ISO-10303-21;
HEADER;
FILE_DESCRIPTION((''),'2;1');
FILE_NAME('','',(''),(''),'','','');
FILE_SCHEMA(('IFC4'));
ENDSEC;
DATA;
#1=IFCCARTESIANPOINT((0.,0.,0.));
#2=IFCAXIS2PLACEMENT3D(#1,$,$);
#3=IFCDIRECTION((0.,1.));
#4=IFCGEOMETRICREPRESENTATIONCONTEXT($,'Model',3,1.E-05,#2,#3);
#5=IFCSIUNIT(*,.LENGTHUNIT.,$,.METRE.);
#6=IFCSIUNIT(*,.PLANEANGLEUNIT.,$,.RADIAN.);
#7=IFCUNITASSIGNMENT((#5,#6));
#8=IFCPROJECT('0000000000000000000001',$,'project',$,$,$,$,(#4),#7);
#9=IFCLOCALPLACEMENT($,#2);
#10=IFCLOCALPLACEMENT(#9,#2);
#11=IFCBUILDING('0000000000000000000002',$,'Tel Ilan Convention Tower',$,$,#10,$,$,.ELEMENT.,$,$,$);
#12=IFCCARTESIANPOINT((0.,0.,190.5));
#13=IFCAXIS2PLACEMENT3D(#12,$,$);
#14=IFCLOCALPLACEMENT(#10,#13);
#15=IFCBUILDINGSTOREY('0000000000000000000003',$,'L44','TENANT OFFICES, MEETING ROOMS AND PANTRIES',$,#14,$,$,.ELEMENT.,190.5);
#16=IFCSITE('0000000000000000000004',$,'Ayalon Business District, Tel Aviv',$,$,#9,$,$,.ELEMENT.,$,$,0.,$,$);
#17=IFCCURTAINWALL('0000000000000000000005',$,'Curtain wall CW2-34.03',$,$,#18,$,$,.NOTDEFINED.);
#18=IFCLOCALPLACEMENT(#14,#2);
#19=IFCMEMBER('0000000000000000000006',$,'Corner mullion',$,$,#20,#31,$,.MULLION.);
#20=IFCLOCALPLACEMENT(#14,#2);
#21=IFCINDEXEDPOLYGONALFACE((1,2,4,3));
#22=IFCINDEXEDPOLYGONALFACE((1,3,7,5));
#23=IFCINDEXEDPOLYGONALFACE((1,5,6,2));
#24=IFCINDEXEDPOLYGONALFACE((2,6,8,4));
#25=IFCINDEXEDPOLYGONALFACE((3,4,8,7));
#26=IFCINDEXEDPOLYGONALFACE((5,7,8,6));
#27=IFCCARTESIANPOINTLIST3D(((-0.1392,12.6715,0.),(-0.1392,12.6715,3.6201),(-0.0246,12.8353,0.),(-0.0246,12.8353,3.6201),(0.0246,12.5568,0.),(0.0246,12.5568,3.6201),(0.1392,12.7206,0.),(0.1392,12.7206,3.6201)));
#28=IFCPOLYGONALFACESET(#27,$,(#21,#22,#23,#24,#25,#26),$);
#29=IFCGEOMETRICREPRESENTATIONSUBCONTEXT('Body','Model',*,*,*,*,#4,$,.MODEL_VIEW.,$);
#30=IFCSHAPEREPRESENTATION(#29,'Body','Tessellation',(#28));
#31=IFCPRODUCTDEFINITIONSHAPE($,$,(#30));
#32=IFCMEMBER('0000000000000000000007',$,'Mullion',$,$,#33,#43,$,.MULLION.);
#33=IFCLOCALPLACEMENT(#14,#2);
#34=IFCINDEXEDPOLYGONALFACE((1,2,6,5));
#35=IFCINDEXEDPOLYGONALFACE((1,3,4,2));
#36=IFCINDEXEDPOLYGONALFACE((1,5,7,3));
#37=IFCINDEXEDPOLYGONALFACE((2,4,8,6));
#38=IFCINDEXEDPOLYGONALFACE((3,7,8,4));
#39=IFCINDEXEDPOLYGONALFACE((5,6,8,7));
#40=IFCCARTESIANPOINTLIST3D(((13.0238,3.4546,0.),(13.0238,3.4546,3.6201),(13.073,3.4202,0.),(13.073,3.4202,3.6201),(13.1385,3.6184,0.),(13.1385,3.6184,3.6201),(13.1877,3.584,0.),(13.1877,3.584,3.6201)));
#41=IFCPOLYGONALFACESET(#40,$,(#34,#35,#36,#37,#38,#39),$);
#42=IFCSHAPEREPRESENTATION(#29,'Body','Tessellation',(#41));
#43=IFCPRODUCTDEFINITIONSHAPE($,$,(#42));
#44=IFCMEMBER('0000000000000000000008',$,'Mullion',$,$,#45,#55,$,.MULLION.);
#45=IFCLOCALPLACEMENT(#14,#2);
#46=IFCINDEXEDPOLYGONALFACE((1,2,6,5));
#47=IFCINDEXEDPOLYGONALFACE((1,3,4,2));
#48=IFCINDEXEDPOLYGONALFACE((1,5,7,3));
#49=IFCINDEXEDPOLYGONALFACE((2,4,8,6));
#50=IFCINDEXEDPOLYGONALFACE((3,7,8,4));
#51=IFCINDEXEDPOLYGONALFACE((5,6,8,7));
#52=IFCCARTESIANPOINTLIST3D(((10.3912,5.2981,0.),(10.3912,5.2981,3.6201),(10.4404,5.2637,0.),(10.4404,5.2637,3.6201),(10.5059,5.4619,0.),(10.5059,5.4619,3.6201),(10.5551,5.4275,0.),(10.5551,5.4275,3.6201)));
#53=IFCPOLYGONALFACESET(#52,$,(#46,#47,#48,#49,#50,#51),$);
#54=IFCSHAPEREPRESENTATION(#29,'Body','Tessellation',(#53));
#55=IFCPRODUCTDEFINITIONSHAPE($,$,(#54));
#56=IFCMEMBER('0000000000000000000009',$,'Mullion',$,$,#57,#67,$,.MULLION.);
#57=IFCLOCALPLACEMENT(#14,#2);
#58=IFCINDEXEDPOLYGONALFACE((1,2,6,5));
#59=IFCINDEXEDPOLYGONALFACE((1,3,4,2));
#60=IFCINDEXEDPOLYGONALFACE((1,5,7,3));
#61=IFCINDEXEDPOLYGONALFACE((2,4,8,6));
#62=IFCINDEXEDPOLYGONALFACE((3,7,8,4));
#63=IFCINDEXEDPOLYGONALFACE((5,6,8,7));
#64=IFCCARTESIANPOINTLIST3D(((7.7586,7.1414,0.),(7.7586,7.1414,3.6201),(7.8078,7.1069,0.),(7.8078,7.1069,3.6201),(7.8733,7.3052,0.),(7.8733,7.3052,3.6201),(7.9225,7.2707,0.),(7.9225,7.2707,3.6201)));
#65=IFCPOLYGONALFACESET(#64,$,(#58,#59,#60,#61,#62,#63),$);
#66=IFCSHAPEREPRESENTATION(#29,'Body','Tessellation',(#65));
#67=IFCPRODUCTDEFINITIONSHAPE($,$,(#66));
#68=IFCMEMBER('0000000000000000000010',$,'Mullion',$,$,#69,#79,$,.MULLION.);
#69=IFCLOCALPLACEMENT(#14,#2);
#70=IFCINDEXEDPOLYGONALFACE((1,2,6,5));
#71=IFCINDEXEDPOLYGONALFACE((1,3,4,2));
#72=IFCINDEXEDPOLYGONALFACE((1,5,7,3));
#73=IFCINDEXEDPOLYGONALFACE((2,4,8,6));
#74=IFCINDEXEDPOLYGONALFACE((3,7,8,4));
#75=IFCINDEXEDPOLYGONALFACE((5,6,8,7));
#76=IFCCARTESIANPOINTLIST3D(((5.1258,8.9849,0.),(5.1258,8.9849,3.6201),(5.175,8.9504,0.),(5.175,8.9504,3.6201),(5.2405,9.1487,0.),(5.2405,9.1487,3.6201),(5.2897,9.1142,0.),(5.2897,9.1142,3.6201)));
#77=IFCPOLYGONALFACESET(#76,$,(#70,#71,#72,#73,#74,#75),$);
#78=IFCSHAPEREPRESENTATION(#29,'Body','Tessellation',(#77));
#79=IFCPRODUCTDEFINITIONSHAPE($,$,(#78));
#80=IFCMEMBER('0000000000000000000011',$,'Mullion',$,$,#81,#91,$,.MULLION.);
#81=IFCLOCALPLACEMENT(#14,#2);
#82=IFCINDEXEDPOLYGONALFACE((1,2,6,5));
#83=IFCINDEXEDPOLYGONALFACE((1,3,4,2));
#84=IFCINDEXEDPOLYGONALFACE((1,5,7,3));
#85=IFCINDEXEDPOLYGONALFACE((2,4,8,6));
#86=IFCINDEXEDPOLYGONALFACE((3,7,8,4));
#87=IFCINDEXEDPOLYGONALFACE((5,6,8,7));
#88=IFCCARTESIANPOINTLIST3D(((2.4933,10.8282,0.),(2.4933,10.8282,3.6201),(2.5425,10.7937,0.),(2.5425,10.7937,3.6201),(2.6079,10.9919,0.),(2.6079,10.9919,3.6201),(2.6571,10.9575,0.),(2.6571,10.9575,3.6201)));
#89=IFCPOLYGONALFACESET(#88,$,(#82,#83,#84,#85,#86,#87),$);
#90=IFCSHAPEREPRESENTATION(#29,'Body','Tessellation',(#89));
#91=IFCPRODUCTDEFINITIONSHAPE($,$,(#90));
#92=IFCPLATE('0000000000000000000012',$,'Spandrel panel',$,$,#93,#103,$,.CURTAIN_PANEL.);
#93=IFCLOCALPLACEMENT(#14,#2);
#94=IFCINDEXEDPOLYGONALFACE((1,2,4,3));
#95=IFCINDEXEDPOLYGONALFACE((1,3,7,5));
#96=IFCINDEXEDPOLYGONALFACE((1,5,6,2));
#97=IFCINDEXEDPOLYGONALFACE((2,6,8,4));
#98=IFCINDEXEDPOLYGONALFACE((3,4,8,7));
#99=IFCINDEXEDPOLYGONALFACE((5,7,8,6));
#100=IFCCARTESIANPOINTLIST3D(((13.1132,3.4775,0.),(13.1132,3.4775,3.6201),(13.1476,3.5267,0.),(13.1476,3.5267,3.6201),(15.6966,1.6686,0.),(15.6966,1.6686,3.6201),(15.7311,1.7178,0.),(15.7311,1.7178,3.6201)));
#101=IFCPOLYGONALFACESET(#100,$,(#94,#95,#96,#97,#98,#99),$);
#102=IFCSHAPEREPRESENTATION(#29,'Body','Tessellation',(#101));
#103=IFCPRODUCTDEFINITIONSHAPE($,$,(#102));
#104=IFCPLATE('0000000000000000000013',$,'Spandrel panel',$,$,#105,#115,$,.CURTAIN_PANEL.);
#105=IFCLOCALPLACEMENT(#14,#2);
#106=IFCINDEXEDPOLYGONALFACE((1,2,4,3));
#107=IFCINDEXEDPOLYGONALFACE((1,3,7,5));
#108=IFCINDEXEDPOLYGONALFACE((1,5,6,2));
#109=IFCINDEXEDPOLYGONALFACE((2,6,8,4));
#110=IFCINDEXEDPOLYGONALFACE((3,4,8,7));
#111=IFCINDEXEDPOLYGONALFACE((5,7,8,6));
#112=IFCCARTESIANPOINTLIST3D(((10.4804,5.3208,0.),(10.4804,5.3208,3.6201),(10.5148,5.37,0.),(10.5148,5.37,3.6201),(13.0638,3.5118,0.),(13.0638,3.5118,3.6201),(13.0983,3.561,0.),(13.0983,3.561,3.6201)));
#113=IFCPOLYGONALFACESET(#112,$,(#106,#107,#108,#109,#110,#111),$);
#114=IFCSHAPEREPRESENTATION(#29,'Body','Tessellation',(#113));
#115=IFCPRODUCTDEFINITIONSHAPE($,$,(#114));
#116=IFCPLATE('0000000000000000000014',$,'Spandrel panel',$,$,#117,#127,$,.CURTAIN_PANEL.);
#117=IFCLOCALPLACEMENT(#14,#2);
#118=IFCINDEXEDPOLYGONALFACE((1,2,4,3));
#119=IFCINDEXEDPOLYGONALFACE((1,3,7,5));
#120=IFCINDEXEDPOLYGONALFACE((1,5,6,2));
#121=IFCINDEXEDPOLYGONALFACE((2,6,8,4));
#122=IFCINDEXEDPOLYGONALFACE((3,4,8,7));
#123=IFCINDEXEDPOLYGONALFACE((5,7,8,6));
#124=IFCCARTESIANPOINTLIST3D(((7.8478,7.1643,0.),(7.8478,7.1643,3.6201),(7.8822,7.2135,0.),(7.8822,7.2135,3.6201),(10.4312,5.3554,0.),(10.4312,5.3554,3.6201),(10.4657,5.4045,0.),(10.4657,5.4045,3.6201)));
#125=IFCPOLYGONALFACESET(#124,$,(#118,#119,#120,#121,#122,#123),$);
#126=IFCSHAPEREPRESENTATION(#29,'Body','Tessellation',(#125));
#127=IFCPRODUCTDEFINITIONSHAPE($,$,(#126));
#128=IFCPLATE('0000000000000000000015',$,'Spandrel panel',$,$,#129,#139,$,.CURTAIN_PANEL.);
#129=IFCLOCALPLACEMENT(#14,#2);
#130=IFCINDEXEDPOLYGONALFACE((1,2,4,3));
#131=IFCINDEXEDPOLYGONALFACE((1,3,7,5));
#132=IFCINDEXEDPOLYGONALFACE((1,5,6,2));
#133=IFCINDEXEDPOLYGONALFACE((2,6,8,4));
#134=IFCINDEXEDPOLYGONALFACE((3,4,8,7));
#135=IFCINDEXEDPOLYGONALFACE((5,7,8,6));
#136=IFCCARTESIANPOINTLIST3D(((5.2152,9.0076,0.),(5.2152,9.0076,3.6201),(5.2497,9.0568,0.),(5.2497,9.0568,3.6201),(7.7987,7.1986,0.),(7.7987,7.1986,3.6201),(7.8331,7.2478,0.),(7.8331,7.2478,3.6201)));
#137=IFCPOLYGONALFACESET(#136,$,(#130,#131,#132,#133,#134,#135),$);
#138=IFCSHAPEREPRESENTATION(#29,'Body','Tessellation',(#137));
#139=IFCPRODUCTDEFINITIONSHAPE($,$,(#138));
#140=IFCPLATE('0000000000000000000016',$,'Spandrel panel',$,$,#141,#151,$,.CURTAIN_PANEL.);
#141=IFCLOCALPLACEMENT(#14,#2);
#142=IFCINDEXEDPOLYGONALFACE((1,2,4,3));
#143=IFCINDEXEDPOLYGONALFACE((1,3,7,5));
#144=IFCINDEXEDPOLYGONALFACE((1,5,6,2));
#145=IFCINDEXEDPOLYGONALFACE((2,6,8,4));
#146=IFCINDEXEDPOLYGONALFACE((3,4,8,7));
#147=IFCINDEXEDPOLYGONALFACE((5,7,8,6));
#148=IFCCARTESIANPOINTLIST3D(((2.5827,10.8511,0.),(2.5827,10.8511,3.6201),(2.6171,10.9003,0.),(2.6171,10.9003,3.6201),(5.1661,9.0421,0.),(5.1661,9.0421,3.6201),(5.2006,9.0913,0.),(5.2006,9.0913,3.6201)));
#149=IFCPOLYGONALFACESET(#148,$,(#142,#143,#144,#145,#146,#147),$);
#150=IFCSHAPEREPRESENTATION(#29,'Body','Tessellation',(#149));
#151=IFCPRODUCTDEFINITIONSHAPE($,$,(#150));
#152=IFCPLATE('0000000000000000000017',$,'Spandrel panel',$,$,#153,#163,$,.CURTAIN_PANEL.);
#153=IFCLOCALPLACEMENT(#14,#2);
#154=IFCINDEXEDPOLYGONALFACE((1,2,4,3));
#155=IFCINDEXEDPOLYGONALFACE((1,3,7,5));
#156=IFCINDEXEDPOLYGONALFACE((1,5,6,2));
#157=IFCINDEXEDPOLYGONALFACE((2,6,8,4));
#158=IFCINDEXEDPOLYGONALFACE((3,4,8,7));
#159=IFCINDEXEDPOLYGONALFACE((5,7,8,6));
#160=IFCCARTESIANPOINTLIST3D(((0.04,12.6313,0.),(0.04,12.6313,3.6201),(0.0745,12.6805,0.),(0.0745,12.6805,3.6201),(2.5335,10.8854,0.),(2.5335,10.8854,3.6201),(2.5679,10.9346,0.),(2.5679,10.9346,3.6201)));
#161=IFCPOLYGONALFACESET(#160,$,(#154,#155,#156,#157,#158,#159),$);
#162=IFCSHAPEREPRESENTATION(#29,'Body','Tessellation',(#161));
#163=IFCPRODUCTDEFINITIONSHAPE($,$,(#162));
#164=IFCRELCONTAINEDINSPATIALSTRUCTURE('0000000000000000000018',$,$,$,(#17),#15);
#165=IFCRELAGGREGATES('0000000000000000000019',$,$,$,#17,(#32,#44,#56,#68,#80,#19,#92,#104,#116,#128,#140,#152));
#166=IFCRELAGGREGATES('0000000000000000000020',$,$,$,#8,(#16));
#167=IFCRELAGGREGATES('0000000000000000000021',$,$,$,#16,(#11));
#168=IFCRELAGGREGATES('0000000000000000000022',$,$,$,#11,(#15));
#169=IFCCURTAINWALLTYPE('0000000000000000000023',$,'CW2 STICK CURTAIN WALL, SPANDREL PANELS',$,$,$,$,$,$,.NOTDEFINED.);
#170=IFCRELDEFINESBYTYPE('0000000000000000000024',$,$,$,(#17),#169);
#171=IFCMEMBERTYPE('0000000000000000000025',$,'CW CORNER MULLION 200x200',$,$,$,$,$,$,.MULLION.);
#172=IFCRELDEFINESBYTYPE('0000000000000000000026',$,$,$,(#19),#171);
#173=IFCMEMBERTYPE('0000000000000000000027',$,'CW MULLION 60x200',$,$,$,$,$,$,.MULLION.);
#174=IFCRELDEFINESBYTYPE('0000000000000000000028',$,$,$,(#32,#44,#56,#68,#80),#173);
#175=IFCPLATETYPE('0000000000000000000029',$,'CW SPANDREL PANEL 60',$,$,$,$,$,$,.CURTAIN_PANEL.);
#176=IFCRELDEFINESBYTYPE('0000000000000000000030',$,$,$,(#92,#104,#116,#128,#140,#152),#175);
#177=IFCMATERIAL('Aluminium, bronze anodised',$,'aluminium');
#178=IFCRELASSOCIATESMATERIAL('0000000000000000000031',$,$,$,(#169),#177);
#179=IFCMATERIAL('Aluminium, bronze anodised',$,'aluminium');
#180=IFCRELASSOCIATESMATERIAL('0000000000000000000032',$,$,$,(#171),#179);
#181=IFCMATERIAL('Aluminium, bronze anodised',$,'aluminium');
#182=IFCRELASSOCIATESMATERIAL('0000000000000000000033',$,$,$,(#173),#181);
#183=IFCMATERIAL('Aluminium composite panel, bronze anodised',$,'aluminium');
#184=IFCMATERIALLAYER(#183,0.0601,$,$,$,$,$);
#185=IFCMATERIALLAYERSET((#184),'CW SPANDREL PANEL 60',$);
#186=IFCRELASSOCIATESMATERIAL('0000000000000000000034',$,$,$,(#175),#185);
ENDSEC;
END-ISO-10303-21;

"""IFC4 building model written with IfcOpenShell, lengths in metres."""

from ifc_helpers import new_model, si_unit, direction, frame, origin, origin_2d, place, context, subcontext, project, spatial, rectangle, extrude, material, layer, layer_set, material_profile, profile_set, type_object, element, aggregate, save


model = new_model("IFC4")

# Units and contexts
model_context = context("Model", 3, precision=1e-05, world=origin(), true_north=direction((0.0, 1.0)))
body_context = subcontext(model_context, "Body", "Model", "MODEL_VIEW")
ifc_project = project(units=[si_unit("LENGTHUNIT", "METRE"), si_unit("PLANEANGLEUNIT", "RADIAN")], contexts=[model_context])

# Site, building, storey
site_placement = place(None, origin())
site = spatial("IfcSite", under=ifc_project, at=site_placement, Name="Ayalon Business District, Tel Aviv", CompositionType="ELEMENT", RefElevation=0.0)
building_placement = place(site_placement, origin())
building = spatial("IfcBuilding", under=site, at=building_placement, Name="Tel Ilan Convention Tower", CompositionType="ELEMENT")
storey_placement = place(building_placement, frame((0.0, 0.0, 190.5)))
storey = spatial("IfcBuildingStorey", under=building, at=storey_placement, Name="L44", Description="TENANT OFFICES, MEETING ROOMS AND PANTRIES", CompositionType="ELEMENT", Elevation=190.5)

# Curtain wall, members, plates
ifc_material_1 = material(Name="Aluminium, bronze anodised", Category="aluminium")
curtain_wall_type = type_object("IfcCurtainWallType", Name="CW2 STICK CURTAIN WALL, SPANDREL PANELS", PredefinedType="NOTDEFINED", material=ifc_material_1)
curtain_wall_placement = place(storey_placement, origin())
curtain_wall = element("IfcCurtainWall", 1, at=curtain_wall_placement, inside=storey, type_object=curtain_wall_type, Name="Curtain wall CW2-34.03", PredefinedType="NOTDEFINED")
ifc_material_2 = material(Name="Aluminium, bronze anodised", Category="aluminium")
ifc_material_profile_1 = material_profile(ifc_material_2, rectangle(XDim=0.2, YDim=0.2, at=origin_2d()), Name="CW CORNER MULLION 200x200")
ifc_profile_set_1 = profile_set([ifc_material_profile_1], Name="Aluminium, bronze anodised")
member_type_1 = type_object("IfcMemberType", Name="CW CORNER MULLION 200x200", PredefinedType="MULLION", material=ifc_profile_set_1)
member_1_placement = place(storey_placement, frame((0.0, 12.696, 0.0), z_axis=(0.0, 0.0, 1.0), x_axis=(-0.819152, 0.573576, 0.0)))
member_1 = element("IfcMember", 2, at=member_1_placement, type_object=member_type_1, Name="Corner mullion", PredefinedType="MULLION", context=body_context, shape_type="SweptSolid", body=[
    extrude(rectangle(XDim=0.2, YDim=0.2, at=origin_2d()), origin(), (0.0, 0.0, 1.0), 3.6201),
])
ifc_material_3 = material(Name="Aluminium, bronze anodised", Category="aluminium")
ifc_material_profile_2 = material_profile(ifc_material_3, rectangle(XDim=0.0601, YDim=0.2, at=origin_2d()), Name="CW MULLION 60x200")
ifc_profile_set_2 = profile_set([ifc_material_profile_2], Name="Aluminium, bronze anodised")
member_type_2 = type_object("IfcMemberType", Name="CW MULLION 60x200", PredefinedType="MULLION", material=ifc_profile_set_2)
member_2_placement = place(storey_placement, frame((13.1057, 3.5193, 0.0), z_axis=(0.0, 0.0, 1.0), x_axis=(-0.819152, 0.573576, 0.0)))
member_2 = element("IfcMember", 3, at=member_2_placement, type_object=member_type_2, Name="Mullion", PredefinedType="MULLION", context=body_context, shape_type="SweptSolid", body=[
    extrude(rectangle(XDim=0.0601, YDim=0.2, at=origin_2d()), origin(), (0.0, 0.0, 1.0), 3.6201),
])
member_3_placement = place(storey_placement, frame((10.4731, 5.3628, 0.0), z_axis=(0.0, 0.0, 1.0), x_axis=(-0.819152, 0.573576, 0.0)))
member_3 = element("IfcMember", 4, at=member_3_placement, type_object=member_type_2, Name="Mullion", PredefinedType="MULLION", context=body_context, shape_type="SweptSolid", body=[
    extrude(rectangle(XDim=0.0601, YDim=0.2, at=origin_2d()), origin(), (0.0, 0.0, 1.0), 3.6201),
])
member_4_placement = place(storey_placement, frame((7.8406, 7.2061, 0.0), z_axis=(0.0, 0.0, 1.0), x_axis=(-0.819152, 0.573576, 0.0)))
member_4 = element("IfcMember", 5, at=member_4_placement, type_object=member_type_2, Name="Mullion", PredefinedType="MULLION", context=body_context, shape_type="SweptSolid", body=[
    extrude(rectangle(XDim=0.0601, YDim=0.2, at=origin_2d()), origin(), (0.0, 0.0, 1.0), 3.6201),
])
member_5_placement = place(storey_placement, frame((5.2078, 9.0496, 0.0), z_axis=(0.0, 0.0, 1.0), x_axis=(-0.819152, 0.573576, 0.0)))
member_5 = element("IfcMember", 6, at=member_5_placement, type_object=member_type_2, Name="Mullion", PredefinedType="MULLION", context=body_context, shape_type="SweptSolid", body=[
    extrude(rectangle(XDim=0.0601, YDim=0.2, at=origin_2d()), origin(), (0.0, 0.0, 1.0), 3.6201),
])
member_6_placement = place(storey_placement, frame((2.5752, 10.8928, 0.0), z_axis=(0.0, 0.0, 1.0), x_axis=(-0.819152, 0.573576, 0.0)))
member_6 = element("IfcMember", 7, at=member_6_placement, type_object=member_type_2, Name="Mullion", PredefinedType="MULLION", context=body_context, shape_type="SweptSolid", body=[
    extrude(rectangle(XDim=0.0601, YDim=0.2, at=origin_2d()), origin(), (0.0, 0.0, 1.0), 3.6201),
])
ifc_material_4 = material(Name="Aluminium composite panel, bronze anodised", Category="aluminium")
ifc_layer_1 = layer(ifc_material_4, 0.0601)
ifc_layer_set_1 = layer_set([ifc_layer_1], Name="CW SPANDREL PANEL 60")
plate_type = type_object("IfcPlateType", Name="CW SPANDREL PANEL 60", PredefinedType="CURTAIN_PANEL", material=ifc_layer_set_1)
plate_1_placement = place(storey_placement, frame((14.4221, 2.5977, 0.0), z_axis=(0.0, 0.0, 1.0), x_axis=(-0.819152, 0.573576, 0.0)))
plate_1 = element("IfcPlate", 8, at=plate_1_placement, type_object=plate_type, Name="Spandrel panel", PredefinedType="CURTAIN_PANEL", context=body_context, shape_type="SweptSolid", body=[
    extrude(rectangle(XDim=3.1538, YDim=0.0601, at=origin_2d()), origin(), (0.0, 0.0, 1.0), 3.6201),
])
plate_2_placement = place(storey_placement, frame((11.7893, 4.4409, 0.0), z_axis=(0.0, 0.0, 1.0), x_axis=(-0.819152, 0.573576, 0.0)))
plate_2 = element("IfcPlate", 9, at=plate_2_placement, type_object=plate_type, Name="Spandrel panel", PredefinedType="CURTAIN_PANEL", context=body_context, shape_type="SweptSolid", body=[
    extrude(rectangle(XDim=3.1538, YDim=0.0601, at=origin_2d()), origin(), (0.0, 0.0, 1.0), 3.6201),
])
plate_3_placement = place(storey_placement, frame((9.1567, 6.2844, 0.0), z_axis=(0.0, 0.0, 1.0), x_axis=(-0.819152, 0.573576, 0.0)))
plate_3 = element("IfcPlate", 10, at=plate_3_placement, type_object=plate_type, Name="Spandrel panel", PredefinedType="CURTAIN_PANEL", context=body_context, shape_type="SweptSolid", body=[
    extrude(rectangle(XDim=3.1538, YDim=0.0601, at=origin_2d()), origin(), (0.0, 0.0, 1.0), 3.6201),
])
plate_4_placement = place(storey_placement, frame((6.5242, 8.1277, 0.0), z_axis=(0.0, 0.0, 1.0), x_axis=(-0.819152, 0.573576, 0.0)))
plate_4 = element("IfcPlate", 11, at=plate_4_placement, type_object=plate_type, Name="Spandrel panel", PredefinedType="CURTAIN_PANEL", context=body_context, shape_type="SweptSolid", body=[
    extrude(rectangle(XDim=3.1538, YDim=0.0601, at=origin_2d()), origin(), (0.0, 0.0, 1.0), 3.6201),
])
plate_5_placement = place(storey_placement, frame((3.8916, 9.9712, 0.0), z_axis=(0.0, 0.0, 1.0), x_axis=(-0.819152, 0.573576, 0.0)))
plate_5 = element("IfcPlate", 12, at=plate_5_placement, type_object=plate_type, Name="Spandrel panel", PredefinedType="CURTAIN_PANEL", context=body_context, shape_type="SweptSolid", body=[
    extrude(rectangle(XDim=3.1538, YDim=0.0601, at=origin_2d()), origin(), (0.0, 0.0, 1.0), 3.6201),
])
plate_6_placement = place(storey_placement, frame((1.304, 11.783, 0.0), z_axis=(0.0, 0.0, 1.0), x_axis=(-0.819152, 0.573576, 0.0)))
plate_6 = element("IfcPlate", 13, at=plate_6_placement, type_object=plate_type, Name="Spandrel panel", PredefinedType="CURTAIN_PANEL", context=body_context, shape_type="SweptSolid", body=[
    extrude(rectangle(XDim=3.0439, YDim=0.0601, at=origin_2d()), origin(), (0.0, 0.0, 1.0), 3.6201),
])
aggregate(curtain_wall, [member_2, member_3, member_4, member_5, member_6, member_1, plate_1, plate_2, plate_3, plate_4, plate_5, plate_6])

save(model, "model.ifc")
